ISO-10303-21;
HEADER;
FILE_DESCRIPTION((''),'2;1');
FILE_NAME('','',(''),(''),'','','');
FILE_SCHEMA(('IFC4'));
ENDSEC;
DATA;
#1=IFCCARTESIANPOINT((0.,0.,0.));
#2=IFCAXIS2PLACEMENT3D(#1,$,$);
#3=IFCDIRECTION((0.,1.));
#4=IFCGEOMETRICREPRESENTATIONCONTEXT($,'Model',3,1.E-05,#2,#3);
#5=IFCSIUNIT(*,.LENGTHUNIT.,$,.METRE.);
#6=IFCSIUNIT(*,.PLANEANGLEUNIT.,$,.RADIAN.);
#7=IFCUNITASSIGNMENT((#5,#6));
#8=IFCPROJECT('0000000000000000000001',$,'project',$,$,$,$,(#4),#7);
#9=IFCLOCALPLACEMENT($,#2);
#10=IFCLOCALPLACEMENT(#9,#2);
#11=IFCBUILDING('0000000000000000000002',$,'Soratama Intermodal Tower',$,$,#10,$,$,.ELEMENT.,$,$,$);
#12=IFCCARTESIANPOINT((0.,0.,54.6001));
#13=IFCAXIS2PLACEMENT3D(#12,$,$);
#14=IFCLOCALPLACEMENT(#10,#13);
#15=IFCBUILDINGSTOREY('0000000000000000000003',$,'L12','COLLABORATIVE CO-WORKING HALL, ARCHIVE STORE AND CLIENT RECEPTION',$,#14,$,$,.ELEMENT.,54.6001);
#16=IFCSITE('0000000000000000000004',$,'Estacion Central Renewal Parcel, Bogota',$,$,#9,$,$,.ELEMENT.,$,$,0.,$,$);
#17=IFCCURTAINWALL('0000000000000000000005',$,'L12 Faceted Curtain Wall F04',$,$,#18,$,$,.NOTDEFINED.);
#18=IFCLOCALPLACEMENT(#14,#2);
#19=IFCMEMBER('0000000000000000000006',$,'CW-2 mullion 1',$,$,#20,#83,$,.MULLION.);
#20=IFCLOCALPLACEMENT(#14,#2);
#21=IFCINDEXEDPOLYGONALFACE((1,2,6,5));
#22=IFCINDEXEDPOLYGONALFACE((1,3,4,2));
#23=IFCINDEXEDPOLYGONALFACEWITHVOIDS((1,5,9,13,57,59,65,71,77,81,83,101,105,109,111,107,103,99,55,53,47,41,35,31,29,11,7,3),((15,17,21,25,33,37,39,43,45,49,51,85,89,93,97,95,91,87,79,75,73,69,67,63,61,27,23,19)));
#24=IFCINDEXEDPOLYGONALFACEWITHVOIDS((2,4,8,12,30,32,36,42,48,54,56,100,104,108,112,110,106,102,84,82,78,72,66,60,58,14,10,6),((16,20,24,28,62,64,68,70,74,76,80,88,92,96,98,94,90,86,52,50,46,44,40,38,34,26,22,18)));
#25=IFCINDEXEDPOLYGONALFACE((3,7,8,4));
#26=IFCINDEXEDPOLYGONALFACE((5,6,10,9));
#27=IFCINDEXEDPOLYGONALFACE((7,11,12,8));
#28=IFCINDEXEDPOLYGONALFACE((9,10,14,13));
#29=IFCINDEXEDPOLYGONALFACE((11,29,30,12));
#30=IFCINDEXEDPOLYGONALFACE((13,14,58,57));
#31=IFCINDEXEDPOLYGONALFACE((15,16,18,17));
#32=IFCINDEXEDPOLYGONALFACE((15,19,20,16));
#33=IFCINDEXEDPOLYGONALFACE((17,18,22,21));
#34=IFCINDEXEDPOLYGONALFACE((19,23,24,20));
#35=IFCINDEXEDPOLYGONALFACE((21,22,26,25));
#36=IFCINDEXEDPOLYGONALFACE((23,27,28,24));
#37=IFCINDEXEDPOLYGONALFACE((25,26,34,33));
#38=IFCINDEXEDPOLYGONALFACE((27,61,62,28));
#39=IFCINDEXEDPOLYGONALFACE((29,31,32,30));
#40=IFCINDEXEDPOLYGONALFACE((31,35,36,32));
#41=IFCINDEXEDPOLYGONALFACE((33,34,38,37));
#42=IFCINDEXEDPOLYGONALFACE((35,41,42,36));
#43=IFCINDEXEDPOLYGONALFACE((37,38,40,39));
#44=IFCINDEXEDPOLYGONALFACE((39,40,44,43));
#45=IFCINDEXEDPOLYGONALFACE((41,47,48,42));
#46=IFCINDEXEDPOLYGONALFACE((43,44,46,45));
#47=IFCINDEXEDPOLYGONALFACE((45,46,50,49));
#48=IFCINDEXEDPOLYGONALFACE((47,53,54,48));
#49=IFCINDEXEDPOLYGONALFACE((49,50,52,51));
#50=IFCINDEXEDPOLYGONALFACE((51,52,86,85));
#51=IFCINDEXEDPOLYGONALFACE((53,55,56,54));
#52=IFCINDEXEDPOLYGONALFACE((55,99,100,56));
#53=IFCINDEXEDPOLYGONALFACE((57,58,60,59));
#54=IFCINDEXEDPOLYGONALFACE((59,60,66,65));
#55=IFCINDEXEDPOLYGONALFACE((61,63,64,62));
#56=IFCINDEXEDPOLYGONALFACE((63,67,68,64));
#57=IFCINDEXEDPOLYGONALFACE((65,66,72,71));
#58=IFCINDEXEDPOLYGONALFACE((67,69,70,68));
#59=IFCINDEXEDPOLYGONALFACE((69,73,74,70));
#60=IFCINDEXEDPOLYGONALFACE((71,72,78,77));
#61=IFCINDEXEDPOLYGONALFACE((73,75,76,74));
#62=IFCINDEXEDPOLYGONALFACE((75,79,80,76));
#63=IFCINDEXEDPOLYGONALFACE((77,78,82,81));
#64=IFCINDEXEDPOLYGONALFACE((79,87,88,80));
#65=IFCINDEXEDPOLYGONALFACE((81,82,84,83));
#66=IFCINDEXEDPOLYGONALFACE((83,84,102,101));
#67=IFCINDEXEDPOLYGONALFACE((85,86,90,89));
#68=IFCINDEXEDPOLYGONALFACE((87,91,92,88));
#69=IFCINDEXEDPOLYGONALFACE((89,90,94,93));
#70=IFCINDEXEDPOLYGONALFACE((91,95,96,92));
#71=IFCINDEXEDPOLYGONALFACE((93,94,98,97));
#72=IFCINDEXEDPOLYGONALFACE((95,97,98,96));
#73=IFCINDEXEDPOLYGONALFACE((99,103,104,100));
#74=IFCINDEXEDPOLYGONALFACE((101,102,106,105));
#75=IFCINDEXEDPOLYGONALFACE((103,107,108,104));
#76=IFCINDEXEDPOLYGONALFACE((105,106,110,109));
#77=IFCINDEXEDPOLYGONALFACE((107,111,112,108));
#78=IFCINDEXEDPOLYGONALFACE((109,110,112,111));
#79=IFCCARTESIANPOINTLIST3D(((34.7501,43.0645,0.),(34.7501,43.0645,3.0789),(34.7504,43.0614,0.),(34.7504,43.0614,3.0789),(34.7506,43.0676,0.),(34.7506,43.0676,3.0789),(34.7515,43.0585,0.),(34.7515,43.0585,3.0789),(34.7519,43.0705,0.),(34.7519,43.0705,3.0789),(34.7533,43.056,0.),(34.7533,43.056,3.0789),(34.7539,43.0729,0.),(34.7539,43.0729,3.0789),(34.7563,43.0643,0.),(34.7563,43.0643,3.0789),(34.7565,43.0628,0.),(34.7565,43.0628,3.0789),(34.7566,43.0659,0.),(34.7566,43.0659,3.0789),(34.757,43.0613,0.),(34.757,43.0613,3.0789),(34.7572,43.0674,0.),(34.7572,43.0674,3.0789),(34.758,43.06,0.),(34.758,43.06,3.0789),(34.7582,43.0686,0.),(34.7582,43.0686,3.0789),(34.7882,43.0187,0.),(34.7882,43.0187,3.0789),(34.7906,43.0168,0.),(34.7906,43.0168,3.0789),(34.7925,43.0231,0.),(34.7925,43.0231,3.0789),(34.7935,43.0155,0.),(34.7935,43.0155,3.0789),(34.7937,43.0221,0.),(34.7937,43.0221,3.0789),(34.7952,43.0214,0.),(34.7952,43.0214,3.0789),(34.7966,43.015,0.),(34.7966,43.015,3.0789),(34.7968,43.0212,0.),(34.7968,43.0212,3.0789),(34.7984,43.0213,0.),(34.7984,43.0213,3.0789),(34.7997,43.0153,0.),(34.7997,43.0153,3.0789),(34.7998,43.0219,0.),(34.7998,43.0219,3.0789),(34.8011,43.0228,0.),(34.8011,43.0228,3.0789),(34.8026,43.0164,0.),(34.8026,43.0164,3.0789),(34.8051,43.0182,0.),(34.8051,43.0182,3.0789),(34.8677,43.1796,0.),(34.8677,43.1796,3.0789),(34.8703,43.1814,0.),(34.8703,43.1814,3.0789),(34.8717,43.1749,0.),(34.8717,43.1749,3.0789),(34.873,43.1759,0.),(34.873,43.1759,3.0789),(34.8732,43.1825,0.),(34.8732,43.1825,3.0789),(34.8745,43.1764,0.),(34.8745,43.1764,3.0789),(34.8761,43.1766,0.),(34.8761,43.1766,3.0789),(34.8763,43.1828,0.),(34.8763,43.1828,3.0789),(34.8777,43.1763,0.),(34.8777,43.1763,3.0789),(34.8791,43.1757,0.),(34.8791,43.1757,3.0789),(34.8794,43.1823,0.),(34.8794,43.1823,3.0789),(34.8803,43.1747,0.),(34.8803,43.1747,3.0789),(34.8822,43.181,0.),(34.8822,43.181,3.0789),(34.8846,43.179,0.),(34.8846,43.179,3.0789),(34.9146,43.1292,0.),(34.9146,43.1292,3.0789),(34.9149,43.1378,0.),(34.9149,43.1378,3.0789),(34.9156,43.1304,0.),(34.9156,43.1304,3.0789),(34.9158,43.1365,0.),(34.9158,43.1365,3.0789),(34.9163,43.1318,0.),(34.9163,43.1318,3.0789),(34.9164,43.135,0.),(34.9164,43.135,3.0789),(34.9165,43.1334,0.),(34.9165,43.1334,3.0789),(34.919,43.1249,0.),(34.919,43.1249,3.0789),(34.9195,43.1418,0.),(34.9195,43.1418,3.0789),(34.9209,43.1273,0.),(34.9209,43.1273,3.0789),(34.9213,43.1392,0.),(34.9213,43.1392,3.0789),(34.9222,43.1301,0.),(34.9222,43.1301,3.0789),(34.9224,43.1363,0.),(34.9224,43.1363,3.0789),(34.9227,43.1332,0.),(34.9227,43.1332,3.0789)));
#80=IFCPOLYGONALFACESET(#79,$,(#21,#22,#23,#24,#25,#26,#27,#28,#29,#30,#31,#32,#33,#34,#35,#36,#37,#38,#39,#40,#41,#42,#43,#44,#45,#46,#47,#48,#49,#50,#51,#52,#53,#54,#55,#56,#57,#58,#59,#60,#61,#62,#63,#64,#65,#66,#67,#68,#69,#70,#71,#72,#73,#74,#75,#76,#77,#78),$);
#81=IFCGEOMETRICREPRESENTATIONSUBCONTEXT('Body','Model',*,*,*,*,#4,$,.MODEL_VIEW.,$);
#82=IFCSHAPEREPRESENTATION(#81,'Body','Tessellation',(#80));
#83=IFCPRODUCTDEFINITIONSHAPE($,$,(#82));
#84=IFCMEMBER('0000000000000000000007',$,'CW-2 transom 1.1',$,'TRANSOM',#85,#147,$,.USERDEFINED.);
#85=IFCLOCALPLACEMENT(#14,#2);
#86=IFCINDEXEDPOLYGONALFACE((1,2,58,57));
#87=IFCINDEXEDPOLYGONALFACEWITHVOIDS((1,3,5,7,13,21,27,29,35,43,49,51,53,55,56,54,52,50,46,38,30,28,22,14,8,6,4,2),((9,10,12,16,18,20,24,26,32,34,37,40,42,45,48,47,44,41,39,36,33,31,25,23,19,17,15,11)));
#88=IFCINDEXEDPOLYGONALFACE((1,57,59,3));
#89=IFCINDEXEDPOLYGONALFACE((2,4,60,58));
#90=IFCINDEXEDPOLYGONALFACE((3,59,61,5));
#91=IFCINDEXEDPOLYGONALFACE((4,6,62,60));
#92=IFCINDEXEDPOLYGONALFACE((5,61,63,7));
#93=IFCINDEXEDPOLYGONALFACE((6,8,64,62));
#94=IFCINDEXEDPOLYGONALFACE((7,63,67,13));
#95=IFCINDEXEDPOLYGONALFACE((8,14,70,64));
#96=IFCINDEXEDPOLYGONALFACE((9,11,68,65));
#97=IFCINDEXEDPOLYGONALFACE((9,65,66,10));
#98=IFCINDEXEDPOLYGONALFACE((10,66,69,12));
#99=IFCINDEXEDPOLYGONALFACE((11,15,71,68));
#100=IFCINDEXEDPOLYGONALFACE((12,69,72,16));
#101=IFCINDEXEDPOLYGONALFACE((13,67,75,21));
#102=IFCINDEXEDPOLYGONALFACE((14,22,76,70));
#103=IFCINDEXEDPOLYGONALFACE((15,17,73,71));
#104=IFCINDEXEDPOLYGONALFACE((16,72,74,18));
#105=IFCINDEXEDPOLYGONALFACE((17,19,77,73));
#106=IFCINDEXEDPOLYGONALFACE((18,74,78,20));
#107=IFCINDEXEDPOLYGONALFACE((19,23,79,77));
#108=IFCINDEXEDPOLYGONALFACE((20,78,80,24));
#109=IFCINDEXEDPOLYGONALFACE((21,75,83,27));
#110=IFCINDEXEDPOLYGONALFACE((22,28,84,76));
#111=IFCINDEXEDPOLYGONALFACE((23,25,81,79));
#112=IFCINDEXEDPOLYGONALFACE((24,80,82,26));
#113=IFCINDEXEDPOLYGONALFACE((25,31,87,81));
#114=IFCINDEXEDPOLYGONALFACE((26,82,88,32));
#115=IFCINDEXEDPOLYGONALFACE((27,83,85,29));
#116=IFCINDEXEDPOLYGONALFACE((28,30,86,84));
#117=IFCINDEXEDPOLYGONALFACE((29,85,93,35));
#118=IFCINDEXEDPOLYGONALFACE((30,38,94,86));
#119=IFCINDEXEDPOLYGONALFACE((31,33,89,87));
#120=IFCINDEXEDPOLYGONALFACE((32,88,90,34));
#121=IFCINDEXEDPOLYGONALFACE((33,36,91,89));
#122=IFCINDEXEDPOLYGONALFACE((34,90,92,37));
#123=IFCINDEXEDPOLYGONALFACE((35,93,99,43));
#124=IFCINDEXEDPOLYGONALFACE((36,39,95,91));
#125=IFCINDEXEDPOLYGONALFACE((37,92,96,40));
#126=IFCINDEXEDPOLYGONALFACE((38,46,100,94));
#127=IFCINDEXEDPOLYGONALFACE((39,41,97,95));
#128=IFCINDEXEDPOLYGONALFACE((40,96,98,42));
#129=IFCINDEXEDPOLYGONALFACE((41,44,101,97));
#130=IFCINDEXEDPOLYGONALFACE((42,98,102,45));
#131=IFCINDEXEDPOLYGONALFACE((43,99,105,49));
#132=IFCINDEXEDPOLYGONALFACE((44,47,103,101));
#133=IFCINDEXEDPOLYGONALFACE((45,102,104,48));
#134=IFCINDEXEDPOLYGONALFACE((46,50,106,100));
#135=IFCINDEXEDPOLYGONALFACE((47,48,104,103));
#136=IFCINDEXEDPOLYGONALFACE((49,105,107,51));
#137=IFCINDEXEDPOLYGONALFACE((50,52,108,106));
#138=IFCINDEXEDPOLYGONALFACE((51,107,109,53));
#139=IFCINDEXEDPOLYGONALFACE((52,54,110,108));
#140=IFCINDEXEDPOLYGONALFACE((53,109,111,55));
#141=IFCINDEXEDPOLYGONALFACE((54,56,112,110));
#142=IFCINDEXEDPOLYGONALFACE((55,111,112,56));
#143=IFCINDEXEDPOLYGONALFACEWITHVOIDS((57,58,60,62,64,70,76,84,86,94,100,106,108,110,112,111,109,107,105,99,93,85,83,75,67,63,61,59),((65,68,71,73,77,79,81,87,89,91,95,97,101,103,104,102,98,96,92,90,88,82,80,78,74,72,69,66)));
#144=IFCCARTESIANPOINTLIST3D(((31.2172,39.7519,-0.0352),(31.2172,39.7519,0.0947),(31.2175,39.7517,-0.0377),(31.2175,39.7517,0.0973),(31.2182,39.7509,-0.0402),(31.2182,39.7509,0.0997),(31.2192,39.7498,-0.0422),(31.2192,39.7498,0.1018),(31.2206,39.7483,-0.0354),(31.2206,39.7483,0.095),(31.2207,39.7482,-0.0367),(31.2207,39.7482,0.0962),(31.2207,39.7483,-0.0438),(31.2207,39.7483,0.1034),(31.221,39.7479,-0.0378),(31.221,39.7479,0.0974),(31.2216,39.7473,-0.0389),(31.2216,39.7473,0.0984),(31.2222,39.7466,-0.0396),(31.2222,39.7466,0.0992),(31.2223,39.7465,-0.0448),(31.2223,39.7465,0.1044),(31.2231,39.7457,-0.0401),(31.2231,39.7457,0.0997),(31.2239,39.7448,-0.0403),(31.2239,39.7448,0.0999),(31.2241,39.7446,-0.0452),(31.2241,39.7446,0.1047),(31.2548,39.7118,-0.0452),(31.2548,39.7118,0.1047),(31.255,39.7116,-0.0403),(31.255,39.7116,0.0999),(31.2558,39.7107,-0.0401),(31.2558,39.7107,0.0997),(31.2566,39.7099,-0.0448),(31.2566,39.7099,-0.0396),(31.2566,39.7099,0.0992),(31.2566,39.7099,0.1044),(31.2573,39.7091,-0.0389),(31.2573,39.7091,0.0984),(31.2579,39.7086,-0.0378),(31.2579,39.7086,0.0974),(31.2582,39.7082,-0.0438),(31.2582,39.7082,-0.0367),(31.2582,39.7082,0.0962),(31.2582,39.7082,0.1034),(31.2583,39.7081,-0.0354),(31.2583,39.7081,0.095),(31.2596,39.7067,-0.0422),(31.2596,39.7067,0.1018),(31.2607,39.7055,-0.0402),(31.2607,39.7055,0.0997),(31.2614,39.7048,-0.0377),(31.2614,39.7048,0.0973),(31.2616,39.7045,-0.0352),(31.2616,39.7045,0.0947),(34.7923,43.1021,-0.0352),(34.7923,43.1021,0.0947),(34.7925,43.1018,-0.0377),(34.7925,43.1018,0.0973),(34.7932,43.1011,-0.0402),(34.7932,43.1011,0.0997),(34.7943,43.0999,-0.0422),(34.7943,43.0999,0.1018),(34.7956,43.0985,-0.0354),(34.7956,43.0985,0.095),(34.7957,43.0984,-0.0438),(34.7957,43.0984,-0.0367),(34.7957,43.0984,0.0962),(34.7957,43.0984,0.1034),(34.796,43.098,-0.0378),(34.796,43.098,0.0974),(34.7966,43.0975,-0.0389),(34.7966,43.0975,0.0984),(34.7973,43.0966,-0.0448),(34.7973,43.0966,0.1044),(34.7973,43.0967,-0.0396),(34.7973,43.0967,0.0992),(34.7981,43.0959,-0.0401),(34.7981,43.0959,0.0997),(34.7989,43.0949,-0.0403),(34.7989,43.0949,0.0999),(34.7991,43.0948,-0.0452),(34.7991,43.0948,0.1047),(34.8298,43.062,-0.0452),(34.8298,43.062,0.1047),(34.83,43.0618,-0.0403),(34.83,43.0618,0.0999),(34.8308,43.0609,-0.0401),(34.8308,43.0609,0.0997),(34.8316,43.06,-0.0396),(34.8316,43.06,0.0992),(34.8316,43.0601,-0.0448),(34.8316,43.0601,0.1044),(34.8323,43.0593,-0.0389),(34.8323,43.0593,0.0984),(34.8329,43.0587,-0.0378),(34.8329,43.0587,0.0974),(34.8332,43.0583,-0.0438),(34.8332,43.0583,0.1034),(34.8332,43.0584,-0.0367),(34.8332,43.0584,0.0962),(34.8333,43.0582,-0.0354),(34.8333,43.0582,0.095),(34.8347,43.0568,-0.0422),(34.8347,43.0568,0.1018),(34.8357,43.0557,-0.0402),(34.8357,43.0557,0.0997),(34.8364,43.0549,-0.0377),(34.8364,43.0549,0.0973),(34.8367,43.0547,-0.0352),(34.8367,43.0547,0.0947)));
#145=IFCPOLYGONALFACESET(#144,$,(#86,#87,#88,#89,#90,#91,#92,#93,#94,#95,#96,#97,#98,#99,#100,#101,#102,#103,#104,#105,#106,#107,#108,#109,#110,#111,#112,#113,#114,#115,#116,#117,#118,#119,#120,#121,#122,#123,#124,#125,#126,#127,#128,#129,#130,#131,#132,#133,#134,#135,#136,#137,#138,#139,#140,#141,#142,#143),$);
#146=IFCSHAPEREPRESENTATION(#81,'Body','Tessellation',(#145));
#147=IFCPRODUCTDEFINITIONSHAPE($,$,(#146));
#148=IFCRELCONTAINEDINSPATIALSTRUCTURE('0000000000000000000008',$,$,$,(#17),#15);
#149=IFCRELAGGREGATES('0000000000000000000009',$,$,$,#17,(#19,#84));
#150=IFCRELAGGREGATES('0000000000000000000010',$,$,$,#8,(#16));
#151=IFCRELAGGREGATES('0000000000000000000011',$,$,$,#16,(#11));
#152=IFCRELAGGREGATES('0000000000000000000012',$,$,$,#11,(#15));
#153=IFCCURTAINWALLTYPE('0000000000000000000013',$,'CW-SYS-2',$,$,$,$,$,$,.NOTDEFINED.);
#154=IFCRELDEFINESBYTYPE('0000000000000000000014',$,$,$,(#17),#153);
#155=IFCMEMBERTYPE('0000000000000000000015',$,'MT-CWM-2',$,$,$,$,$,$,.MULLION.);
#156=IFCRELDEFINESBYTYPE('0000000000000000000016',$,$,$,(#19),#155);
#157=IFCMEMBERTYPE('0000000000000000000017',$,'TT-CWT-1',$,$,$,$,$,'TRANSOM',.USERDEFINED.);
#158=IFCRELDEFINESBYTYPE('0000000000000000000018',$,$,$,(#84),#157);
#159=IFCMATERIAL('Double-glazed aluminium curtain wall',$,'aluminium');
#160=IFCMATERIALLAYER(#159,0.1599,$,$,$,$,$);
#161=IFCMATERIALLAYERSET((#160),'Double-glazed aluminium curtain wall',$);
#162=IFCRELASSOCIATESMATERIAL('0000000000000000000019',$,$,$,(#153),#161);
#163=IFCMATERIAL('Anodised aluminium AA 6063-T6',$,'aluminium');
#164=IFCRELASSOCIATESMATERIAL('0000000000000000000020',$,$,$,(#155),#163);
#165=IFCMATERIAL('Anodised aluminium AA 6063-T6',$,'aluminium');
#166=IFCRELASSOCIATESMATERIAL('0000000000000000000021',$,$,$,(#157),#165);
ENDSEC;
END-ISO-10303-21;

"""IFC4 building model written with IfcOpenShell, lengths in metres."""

from ifc_helpers import new_model, si_unit, direction, frame, origin, origin_2d, place, context, subcontext, project, spatial, hollow_rectangle, extrude, material, layer, layer_set, material_profile, profile_set, type_object, element, aggregate, save


model = new_model("IFC4")

# Units and contexts
model_context = context("Model", 3, precision=1e-05, world=origin(), true_north=direction((0.0, 1.0)))
body_context = subcontext(model_context, "Body", "Model", "MODEL_VIEW")
ifc_project = project(units=[si_unit("LENGTHUNIT", "METRE"), si_unit("PLANEANGLEUNIT", "RADIAN")], contexts=[model_context])

# Site, building, storey
site_placement = place(None, origin())
site = spatial("IfcSite", under=ifc_project, at=site_placement, Name="Estacion Central Renewal Parcel, Bogota", CompositionType="ELEMENT", RefElevation=0.0)
building_placement = place(site_placement, origin())
building = spatial("IfcBuilding", under=site, at=building_placement, Name="Soratama Intermodal Tower", CompositionType="ELEMENT")
storey_placement = place(building_placement, frame((0.0, 0.0, 54.6001)))
storey = spatial("IfcBuildingStorey", under=building, at=storey_placement, Name="L12", Description="COLLABORATIVE CO-WORKING HALL, ARCHIVE STORE AND CLIENT RECEPTION", CompositionType="ELEMENT", Elevation=54.6001)

# Curtain wall, members
ifc_material_1 = material(Name="Double-glazed aluminium curtain wall", Category="aluminium")
ifc_layer_1 = layer(ifc_material_1, 0.1599)
ifc_layer_set_1 = layer_set([ifc_layer_1], Name="Double-glazed aluminium curtain wall")
curtain_wall_type = type_object("IfcCurtainWallType", Name="CW-SYS-2", PredefinedType="NOTDEFINED", material=ifc_layer_set_1)
curtain_wall_placement = place(storey_placement, origin())
curtain_wall = element("IfcCurtainWall", 1, at=curtain_wall_placement, inside=storey, type_object=curtain_wall_type, Name="L12 Faceted Curtain Wall F04", PredefinedType="NOTDEFINED")
ifc_material_2 = material(Name="Anodised aluminium AA 6063-T6", Category="aluminium")
ifc_material_profile_1 = material_profile(ifc_material_2, hollow_rectangle(XDim=0.075, YDim=0.1799, WallThickness=0.0061, InnerFilletRadius=0.0061, OuterFilletRadius=0.012, at=origin_2d()), Name="CWM180X75X6")
ifc_profile_set_1 = profile_set([ifc_material_profile_1], Name="Anodised aluminium AA 6063-T6")
member_type_1 = type_object("IfcMemberType", Name="MT-CWM-2", PredefinedType="MULLION", material=ifc_profile_set_1)
member_1_placement = place(storey_placement, frame((34.8364, 43.0989, 0.0), z_axis=(0.0, 0.0, 1.0), x_axis=(0.683786, -0.729682, 0.0)))
member_1 = element("IfcMember", 2, at=member_1_placement, type_object=member_type_1, Name="CW-2 mullion 1", PredefinedType="MULLION", context=body_context, shape_type="SweptSolid", body=[
    extrude(hollow_rectangle(XDim=0.075, YDim=0.1799, WallThickness=0.0061, InnerFilletRadius=0.0061, OuterFilletRadius=0.012, at=origin_2d()), origin(), (0.0, 0.0, 1.0), 3.0789),
])
ifc_material_3 = material(Name="Anodised aluminium AA 6063-T6", Category="aluminium")
ifc_material_profile_2 = material_profile(ifc_material_3, hollow_rectangle(XDim=0.0649, YDim=0.1499, WallThickness=0.0049, InnerFilletRadius=0.0049, OuterFilletRadius=0.01, at=origin_2d()), Name="CWT150X65X5")
ifc_profile_set_2 = profile_set([ifc_material_profile_2], Name="Anodised aluminium AA 6063-T6")
member_type_2 = type_object("IfcMemberType", Name="TT-CWT-1", ElementType="TRANSOM", PredefinedType="USERDEFINED", material=ifc_profile_set_2)
member_2_placement = place(storey_placement, frame((34.8145, 43.0784, 0.0298), z_axis=(-0.729682, -0.683787, 0.0), x_axis=(0.683787, -0.729682, 0.0)))
member_2 = element("IfcMember", 3, at=member_2_placement, type_object=member_type_2, Name="CW-2 transom 1.1", ObjectType="TRANSOM", PredefinedType="USERDEFINED", context=body_context, shape_type="SweptSolid", body=[
    extrude(hollow_rectangle(XDim=0.0649, YDim=0.1499, WallThickness=0.0049, InnerFilletRadius=0.0049, OuterFilletRadius=0.01, at=origin_2d()), origin(), (0.0, 0.0, 1.0), 4.8994),
])
aggregate(curtain_wall, [member_1, member_2])

save(model, "model.ifc")
